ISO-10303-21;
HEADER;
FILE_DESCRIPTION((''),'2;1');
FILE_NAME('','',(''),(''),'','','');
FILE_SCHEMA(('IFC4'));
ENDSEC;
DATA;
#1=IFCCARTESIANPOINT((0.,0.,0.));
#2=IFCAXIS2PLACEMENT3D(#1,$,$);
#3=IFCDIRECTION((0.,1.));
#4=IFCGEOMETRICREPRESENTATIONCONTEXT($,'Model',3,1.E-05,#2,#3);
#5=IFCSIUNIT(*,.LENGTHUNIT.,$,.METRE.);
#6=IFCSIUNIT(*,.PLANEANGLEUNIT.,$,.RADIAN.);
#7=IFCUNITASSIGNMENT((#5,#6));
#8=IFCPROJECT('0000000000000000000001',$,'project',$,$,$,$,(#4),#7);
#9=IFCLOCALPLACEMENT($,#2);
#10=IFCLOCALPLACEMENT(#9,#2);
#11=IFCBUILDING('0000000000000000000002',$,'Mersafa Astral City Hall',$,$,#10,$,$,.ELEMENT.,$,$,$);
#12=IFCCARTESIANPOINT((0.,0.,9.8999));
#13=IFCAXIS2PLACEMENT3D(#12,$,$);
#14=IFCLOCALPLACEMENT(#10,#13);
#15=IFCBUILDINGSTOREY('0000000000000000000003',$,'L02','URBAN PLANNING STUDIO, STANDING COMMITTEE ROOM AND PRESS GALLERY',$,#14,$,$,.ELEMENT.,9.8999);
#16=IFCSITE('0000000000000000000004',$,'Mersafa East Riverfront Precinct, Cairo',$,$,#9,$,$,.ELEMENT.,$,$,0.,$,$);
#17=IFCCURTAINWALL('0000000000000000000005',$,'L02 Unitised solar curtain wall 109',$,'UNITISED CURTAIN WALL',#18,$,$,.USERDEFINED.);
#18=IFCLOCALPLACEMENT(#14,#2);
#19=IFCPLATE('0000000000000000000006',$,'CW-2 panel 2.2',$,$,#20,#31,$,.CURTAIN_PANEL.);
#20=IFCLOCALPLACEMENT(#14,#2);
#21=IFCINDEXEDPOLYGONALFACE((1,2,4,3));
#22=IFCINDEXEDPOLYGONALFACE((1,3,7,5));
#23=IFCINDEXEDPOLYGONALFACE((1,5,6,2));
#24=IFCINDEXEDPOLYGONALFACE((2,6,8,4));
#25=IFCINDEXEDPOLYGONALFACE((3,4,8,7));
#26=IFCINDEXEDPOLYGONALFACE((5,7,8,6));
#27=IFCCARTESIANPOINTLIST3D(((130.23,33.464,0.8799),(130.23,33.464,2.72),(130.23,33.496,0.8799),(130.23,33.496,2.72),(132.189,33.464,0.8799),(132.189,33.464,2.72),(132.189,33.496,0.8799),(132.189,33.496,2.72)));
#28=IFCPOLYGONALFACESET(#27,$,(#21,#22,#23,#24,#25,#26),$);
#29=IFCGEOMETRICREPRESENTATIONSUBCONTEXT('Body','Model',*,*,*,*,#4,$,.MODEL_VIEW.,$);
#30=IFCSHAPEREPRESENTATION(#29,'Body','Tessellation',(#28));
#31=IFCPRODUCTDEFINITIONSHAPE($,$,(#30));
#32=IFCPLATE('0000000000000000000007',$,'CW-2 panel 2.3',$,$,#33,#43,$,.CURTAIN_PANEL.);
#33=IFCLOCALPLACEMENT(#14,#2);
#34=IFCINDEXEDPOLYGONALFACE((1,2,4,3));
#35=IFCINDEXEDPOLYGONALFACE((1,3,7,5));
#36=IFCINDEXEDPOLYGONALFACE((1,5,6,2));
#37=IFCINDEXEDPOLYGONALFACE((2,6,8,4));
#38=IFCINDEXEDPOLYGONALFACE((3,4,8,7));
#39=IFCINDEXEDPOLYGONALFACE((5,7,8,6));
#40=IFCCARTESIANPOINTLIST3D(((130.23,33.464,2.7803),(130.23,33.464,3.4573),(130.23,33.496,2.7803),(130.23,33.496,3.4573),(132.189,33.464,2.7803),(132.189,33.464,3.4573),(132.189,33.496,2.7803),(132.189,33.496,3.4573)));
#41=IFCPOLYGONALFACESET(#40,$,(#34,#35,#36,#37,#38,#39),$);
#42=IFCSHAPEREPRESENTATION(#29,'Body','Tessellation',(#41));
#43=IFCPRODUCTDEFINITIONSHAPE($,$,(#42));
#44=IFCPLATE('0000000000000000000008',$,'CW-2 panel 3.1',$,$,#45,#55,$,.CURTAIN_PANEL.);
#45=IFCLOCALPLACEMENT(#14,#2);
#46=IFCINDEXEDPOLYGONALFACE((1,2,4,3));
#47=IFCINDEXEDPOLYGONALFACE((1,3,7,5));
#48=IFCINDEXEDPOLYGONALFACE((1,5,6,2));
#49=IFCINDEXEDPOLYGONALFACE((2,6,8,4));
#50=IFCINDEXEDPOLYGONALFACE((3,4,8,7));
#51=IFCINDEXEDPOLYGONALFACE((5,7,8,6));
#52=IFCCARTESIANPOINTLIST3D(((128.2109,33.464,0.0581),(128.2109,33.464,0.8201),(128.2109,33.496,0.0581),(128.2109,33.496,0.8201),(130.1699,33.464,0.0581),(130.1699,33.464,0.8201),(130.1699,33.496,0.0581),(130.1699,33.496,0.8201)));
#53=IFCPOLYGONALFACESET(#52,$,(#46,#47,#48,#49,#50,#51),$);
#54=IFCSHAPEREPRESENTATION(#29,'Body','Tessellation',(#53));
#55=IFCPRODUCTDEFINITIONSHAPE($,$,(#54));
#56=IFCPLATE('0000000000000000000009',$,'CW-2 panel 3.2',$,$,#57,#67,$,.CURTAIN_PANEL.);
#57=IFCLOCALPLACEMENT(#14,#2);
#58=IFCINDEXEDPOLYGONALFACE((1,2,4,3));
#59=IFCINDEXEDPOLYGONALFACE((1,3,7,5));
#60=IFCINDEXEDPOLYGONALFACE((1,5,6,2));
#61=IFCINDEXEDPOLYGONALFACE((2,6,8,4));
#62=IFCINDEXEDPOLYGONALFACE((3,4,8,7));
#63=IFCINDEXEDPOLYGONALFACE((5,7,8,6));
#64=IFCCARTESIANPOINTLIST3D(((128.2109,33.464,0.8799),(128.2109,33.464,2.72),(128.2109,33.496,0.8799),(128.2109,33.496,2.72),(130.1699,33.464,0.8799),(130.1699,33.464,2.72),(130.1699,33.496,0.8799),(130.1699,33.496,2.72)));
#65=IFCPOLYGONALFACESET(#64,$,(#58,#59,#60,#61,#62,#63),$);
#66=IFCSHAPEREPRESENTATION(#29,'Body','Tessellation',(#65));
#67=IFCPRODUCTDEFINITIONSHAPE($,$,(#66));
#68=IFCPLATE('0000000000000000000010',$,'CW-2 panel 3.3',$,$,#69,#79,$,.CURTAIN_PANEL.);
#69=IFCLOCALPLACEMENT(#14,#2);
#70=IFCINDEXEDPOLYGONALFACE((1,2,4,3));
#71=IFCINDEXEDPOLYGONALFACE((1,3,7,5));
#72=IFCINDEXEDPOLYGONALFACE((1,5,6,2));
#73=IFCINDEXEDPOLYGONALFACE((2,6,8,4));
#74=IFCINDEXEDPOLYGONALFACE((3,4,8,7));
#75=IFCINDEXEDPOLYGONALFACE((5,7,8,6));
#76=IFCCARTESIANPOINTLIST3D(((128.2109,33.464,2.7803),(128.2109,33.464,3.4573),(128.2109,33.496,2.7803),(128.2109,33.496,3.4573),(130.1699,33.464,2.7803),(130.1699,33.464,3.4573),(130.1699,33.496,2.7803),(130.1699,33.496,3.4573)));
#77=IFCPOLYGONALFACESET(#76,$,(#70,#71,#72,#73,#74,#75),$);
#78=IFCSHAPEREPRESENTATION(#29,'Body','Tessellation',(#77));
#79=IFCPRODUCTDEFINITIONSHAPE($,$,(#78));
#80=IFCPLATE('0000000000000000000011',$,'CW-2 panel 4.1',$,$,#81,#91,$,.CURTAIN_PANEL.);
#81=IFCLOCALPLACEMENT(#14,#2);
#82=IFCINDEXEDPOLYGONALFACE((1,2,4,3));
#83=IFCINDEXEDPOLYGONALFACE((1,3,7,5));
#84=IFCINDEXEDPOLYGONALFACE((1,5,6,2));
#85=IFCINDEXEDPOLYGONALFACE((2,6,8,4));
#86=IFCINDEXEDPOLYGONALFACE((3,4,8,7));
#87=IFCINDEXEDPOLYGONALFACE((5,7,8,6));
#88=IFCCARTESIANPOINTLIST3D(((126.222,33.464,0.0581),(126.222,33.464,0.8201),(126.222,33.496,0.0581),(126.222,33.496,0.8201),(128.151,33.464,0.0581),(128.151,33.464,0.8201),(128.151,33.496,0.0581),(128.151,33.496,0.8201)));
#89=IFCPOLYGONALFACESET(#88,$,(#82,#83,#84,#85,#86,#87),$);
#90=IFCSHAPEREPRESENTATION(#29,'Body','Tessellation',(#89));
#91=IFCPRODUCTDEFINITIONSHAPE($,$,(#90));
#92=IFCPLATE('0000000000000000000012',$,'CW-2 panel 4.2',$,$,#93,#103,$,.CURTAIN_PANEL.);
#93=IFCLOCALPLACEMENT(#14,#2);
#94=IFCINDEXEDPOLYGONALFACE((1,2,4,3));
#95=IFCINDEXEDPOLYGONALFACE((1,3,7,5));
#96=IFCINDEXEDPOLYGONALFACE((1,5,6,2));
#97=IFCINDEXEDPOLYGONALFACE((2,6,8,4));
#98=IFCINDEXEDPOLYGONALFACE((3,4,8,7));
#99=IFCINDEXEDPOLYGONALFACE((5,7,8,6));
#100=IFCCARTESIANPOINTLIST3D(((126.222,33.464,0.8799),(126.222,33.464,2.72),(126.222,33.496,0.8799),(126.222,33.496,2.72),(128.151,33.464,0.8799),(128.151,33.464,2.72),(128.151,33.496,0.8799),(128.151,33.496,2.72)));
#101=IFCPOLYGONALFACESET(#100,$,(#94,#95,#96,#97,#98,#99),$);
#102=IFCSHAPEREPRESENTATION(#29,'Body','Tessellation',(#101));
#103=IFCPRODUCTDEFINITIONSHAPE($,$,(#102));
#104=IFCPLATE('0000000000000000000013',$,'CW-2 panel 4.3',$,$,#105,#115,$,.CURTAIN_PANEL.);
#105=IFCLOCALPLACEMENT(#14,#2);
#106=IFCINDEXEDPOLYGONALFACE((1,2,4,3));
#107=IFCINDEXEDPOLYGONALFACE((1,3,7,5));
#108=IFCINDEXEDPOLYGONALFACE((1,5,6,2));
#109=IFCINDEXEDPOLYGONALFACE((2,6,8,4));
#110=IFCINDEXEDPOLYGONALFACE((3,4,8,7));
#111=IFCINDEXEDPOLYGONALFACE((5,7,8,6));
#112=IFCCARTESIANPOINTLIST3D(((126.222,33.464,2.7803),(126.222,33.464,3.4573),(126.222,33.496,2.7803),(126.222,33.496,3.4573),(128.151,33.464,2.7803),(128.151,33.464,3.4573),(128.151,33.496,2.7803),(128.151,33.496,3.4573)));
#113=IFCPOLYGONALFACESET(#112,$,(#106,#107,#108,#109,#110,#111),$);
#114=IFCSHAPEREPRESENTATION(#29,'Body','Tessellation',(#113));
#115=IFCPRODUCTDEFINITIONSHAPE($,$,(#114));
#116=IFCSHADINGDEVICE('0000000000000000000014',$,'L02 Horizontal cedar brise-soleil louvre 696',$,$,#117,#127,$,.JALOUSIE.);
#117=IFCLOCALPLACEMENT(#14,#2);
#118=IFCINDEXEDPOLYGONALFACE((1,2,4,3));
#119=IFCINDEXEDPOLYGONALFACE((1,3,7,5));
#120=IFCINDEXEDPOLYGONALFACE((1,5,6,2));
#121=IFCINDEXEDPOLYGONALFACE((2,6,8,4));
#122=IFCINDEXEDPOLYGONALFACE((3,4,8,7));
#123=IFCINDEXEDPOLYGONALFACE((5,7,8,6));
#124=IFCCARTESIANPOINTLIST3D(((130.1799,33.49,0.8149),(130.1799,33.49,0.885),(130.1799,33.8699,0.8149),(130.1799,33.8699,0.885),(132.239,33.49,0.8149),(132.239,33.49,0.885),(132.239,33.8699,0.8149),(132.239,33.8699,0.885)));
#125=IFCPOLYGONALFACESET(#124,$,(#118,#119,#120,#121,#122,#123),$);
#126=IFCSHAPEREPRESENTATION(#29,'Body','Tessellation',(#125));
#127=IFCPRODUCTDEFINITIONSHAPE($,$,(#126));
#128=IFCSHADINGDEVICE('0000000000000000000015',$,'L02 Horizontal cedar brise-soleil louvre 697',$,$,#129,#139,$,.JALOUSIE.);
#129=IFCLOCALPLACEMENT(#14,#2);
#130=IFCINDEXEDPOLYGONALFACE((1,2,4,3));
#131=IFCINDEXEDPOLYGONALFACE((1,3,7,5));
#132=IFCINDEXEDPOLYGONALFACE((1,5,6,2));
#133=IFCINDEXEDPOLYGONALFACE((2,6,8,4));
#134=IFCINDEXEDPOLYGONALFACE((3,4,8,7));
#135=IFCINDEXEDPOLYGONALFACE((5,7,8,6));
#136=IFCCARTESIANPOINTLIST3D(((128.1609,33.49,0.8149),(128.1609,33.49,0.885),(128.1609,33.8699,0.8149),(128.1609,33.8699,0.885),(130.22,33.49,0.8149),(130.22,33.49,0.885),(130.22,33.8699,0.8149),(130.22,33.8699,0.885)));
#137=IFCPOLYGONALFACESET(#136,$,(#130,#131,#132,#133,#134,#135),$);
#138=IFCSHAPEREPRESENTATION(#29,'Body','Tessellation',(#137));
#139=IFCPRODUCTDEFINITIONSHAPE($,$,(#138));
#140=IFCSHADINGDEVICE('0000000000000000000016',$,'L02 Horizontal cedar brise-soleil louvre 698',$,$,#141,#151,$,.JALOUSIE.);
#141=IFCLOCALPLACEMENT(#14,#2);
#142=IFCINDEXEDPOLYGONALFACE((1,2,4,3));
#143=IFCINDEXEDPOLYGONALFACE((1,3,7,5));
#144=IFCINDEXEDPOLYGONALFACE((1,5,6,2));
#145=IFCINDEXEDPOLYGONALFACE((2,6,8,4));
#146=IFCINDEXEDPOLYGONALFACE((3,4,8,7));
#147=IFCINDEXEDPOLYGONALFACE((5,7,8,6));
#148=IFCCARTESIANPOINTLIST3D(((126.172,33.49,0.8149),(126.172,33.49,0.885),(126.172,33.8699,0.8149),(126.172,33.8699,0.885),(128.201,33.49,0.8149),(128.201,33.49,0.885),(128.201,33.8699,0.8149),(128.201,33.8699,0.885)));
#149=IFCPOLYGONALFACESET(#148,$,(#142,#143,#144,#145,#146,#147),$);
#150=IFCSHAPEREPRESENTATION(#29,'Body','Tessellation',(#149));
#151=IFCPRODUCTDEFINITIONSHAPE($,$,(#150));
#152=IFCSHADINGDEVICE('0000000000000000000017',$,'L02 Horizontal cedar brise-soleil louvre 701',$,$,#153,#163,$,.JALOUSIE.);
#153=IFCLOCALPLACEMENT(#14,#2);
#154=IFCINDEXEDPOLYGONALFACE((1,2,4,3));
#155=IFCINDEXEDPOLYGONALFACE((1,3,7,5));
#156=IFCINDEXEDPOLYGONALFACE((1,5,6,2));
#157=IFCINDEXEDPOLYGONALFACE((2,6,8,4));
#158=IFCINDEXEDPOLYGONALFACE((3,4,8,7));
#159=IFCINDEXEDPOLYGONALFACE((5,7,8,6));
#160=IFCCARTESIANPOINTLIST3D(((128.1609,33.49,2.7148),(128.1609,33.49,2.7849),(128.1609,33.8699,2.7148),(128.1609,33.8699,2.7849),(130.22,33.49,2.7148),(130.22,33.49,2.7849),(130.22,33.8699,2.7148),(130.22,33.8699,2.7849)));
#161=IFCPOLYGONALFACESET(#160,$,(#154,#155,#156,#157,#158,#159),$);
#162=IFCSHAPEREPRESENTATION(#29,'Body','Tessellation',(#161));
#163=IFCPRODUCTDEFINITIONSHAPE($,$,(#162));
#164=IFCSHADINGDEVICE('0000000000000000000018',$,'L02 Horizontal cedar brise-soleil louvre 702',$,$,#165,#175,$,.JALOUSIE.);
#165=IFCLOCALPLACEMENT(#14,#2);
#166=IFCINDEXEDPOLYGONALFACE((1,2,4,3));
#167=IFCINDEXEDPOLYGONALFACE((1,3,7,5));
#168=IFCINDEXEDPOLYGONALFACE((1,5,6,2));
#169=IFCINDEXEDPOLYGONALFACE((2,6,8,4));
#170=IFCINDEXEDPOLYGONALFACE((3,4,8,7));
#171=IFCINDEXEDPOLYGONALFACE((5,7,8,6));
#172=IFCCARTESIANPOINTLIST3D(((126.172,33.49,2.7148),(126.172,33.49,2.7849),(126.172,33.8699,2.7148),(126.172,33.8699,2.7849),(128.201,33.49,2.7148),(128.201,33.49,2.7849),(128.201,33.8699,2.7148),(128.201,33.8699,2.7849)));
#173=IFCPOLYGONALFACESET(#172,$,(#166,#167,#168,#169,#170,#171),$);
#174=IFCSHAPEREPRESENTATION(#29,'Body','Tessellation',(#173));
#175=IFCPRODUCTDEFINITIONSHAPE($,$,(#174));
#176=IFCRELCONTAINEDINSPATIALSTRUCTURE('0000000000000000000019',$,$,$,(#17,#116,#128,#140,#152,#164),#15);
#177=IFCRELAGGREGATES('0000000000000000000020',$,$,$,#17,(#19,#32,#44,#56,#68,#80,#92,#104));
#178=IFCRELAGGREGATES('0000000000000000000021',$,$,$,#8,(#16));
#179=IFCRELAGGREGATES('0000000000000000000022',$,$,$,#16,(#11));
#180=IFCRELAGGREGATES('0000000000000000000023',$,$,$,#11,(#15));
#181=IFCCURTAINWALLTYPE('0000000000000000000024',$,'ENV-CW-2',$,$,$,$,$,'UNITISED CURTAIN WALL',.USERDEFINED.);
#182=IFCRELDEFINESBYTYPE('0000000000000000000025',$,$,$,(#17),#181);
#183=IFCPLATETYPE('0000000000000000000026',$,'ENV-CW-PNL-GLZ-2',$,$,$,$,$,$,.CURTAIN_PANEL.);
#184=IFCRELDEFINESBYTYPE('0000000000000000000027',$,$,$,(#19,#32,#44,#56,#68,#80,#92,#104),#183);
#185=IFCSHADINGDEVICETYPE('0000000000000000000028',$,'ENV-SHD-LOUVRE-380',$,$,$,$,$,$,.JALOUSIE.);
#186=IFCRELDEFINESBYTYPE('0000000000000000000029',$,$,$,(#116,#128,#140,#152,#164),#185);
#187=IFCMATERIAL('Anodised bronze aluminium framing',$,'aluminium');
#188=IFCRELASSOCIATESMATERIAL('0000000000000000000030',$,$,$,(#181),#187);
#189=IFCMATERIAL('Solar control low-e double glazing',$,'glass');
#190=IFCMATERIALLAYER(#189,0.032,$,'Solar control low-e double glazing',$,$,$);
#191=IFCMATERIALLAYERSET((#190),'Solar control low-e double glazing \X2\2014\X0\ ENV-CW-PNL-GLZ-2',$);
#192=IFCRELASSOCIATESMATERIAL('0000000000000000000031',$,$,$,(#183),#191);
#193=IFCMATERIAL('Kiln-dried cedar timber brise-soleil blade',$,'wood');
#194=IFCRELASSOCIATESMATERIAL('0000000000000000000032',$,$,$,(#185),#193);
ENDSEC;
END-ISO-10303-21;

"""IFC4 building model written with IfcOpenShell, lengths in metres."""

from ifc_helpers import new_model, si_unit, direction, frame, origin, origin_2d, place, context, subcontext, project, spatial, rectangle, extrude, material, layer, layer_set, type_object, element, aggregate, save


model = new_model("IFC4")

# Units and contexts
model_context = context("Model", 3, precision=1e-05, world=origin(), true_north=direction((0.0, 1.0)))
body_context = subcontext(model_context, "Body", "Model", "MODEL_VIEW")
ifc_project = project(units=[si_unit("LENGTHUNIT", "METRE"), si_unit("PLANEANGLEUNIT", "RADIAN")], contexts=[model_context])

# Site, building, storey
site_placement = place(None, origin())
site = spatial("IfcSite", under=ifc_project, at=site_placement, Name="Mersafa East Riverfront Precinct, Cairo", CompositionType="ELEMENT", RefElevation=0.0)
building_placement = place(site_placement, origin())
building = spatial("IfcBuilding", under=site, at=building_placement, Name="Mersafa Astral City Hall", CompositionType="ELEMENT")
storey_placement = place(building_placement, frame((0.0, 0.0, 9.8999)))
storey = spatial("IfcBuildingStorey", under=building, at=storey_placement, Name="L02", Description="URBAN PLANNING STUDIO, STANDING COMMITTEE ROOM AND PRESS GALLERY", CompositionType="ELEMENT", Elevation=9.8999)

# Curtain wall, plates
ifc_material_1 = material(Name="Anodised bronze aluminium framing", Category="aluminium")
curtain_wall_type = type_object("IfcCurtainWallType", Name="ENV-CW-2", ElementType="UNITISED CURTAIN WALL", PredefinedType="USERDEFINED", material=ifc_material_1)
curtain_wall_placement = place(storey_placement, origin())
curtain_wall = element("IfcCurtainWall", 1, at=curtain_wall_placement, inside=storey, type_object=curtain_wall_type, Name="L02 Unitised solar curtain wall 109", ObjectType="UNITISED CURTAIN WALL", PredefinedType="USERDEFINED")
ifc_material_2 = material(Name="Solar control low-e double glazing", Category="glass")
ifc_layer = layer(ifc_material_2, 0.032, Name="Solar control low-e double glazing")
ifc_layer_set = layer_set([ifc_layer], Name="Solar control low-e double glazing — ENV-CW-PNL-GLZ-2")
plate_type = type_object("IfcPlateType", Name="ENV-CW-PNL-GLZ-2", PredefinedType="CURTAIN_PANEL", material=ifc_layer_set)
plate_1_placement = place(storey_placement, frame((131.2095, 33.48, 0.8799), z_axis=(0.0, 0.0, 1.0), x_axis=(-1.0, 0.0, 0.0)))
plate_1 = element("IfcPlate", 2, at=plate_1_placement, type_object=plate_type, Name="CW-2 panel 2.2", PredefinedType="CURTAIN_PANEL", context=body_context, shape_type="SweptSolid", body=[
    extrude(rectangle(XDim=1.959, YDim=0.032, at=origin_2d()), origin(), (0.0, 0.0, 1.0), 1.8401),
])
plate_2_placement = place(storey_placement, frame((131.2095, 33.48, 2.7803), z_axis=(0.0, 0.0, 1.0), x_axis=(-1.0, 0.0, 0.0)))
plate_2 = element("IfcPlate", 3, at=plate_2_placement, type_object=plate_type, Name="CW-2 panel 2.3", PredefinedType="CURTAIN_PANEL", context=body_context, shape_type="SweptSolid", body=[
    extrude(rectangle(XDim=1.959, YDim=0.032, at=origin_2d()), origin(), (0.0, 0.0, 1.0), 0.677),
])
plate_3_placement = place(storey_placement, frame((129.1904, 33.48, 0.0581), z_axis=(0.0, 0.0, 1.0), x_axis=(-1.0, 0.0, 0.0)))
plate_3 = element("IfcPlate", 4, at=plate_3_placement, type_object=plate_type, Name="CW-2 panel 3.1", PredefinedType="CURTAIN_PANEL", context=body_context, shape_type="SweptSolid", body=[
    extrude(rectangle(XDim=1.959, YDim=0.032, at=origin_2d()), origin(), (0.0, 0.0, 1.0), 0.762),
])
plate_4_placement = place(storey_placement, frame((129.1904, 33.48, 0.8799), z_axis=(0.0, 0.0, 1.0), x_axis=(-1.0, 0.0, 0.0)))
plate_4 = element("IfcPlate", 5, at=plate_4_placement, type_object=plate_type, Name="CW-2 panel 3.2", PredefinedType="CURTAIN_PANEL", context=body_context, shape_type="SweptSolid", body=[
    extrude(rectangle(XDim=1.959, YDim=0.032, at=origin_2d()), origin(), (0.0, 0.0, 1.0), 1.8401),
])
plate_5_placement = place(storey_placement, frame((129.1904, 33.48, 2.7803), z_axis=(0.0, 0.0, 1.0), x_axis=(-1.0, 0.0, 0.0)))
plate_5 = element("IfcPlate", 6, at=plate_5_placement, type_object=plate_type, Name="CW-2 panel 3.3", PredefinedType="CURTAIN_PANEL", context=body_context, shape_type="SweptSolid", body=[
    extrude(rectangle(XDim=1.959, YDim=0.032, at=origin_2d()), origin(), (0.0, 0.0, 1.0), 0.677),
])
plate_6_placement = place(storey_placement, frame((127.1865, 33.48, 0.0581), z_axis=(0.0, 0.0, 1.0), x_axis=(-1.0, 0.0, 0.0)))
plate_6 = element("IfcPlate", 7, at=plate_6_placement, type_object=plate_type, Name="CW-2 panel 4.1", PredefinedType="CURTAIN_PANEL", context=body_context, shape_type="SweptSolid", body=[
    extrude(rectangle(XDim=1.929, YDim=0.032, at=origin_2d()), origin(), (0.0, 0.0, 1.0), 0.762),
])
plate_7_placement = place(storey_placement, frame((127.1865, 33.48, 0.8799), z_axis=(0.0, 0.0, 1.0), x_axis=(-1.0, 0.0, 0.0)))
plate_7 = element("IfcPlate", 8, at=plate_7_placement, type_object=plate_type, Name="CW-2 panel 4.2", PredefinedType="CURTAIN_PANEL", context=body_context, shape_type="SweptSolid", body=[
    extrude(rectangle(XDim=1.929, YDim=0.032, at=origin_2d()), origin(), (0.0, 0.0, 1.0), 1.8401),
])
plate_8_placement = place(storey_placement, frame((127.1865, 33.48, 2.7803), z_axis=(0.0, 0.0, 1.0), x_axis=(-1.0, 0.0, 0.0)))
plate_8 = element("IfcPlate", 9, at=plate_8_placement, type_object=plate_type, Name="CW-2 panel 4.3", PredefinedType="CURTAIN_PANEL", context=body_context, shape_type="SweptSolid", body=[
    extrude(rectangle(XDim=1.929, YDim=0.032, at=origin_2d()), origin(), (0.0, 0.0, 1.0), 0.677),
])
aggregate(curtain_wall, [plate_1, plate_2, plate_3, plate_4, plate_5, plate_6, plate_7, plate_8])

# Shading devices
ifc_material_3 = material(Name="Kiln-dried cedar timber brise-soleil blade", Category="wood")
shading_device_type = type_object("IfcShadingDeviceType", Name="ENV-SHD-LOUVRE-380", PredefinedType="JALOUSIE", material=ifc_material_3)
for number, where, z_axis, x_axis, name in (
    (10, (131.2095, 33.6799, 0.8149), (0.0, 0.0, 1.0), (-1.0, 0.0, 0.0), "L02 Horizontal cedar brise-soleil louvre 696"),
    (11, (129.1904, 33.6799, 0.8149), (0.0, 0.0, 1.0), (-1.0, 0.0, 0.0), "L02 Horizontal cedar brise-soleil louvre 697"),
):
    element("IfcShadingDevice", number, at=place(storey_placement, frame(where, z_axis=z_axis, x_axis=x_axis)), inside=storey, type_object=shading_device_type, Name=name, PredefinedType="JALOUSIE", context=body_context, shape_type="SweptSolid", body=[
        extrude(rectangle(XDim=2.0591, YDim=0.3799, at=origin_2d()), origin(), (0.0, 0.0, 1.0), 0.0701),
    ])
shading_device_1_placement = place(storey_placement, frame((127.1865, 33.6799, 0.8149), z_axis=(0.0, 0.0, 1.0), x_axis=(-1.0, 0.0, 0.0)))
element("IfcShadingDevice", 12, at=shading_device_1_placement, inside=storey, type_object=shading_device_type, Name="L02 Horizontal cedar brise-soleil louvre 698", PredefinedType="JALOUSIE", context=body_context, shape_type="SweptSolid", body=[
    extrude(rectangle(XDim=2.0291, YDim=0.3799, at=origin_2d()), origin(), (0.0, 0.0, 1.0), 0.0701),
])
shading_device_2_placement = place(storey_placement, frame((129.1904, 33.6799, 2.7148), z_axis=(0.0, 0.0, 1.0), x_axis=(-1.0, 0.0, 0.0)))
element("IfcShadingDevice", 13, at=shading_device_2_placement, inside=storey, type_object=shading_device_type, Name="L02 Horizontal cedar brise-soleil louvre 701", PredefinedType="JALOUSIE", context=body_context, shape_type="SweptSolid", body=[
    extrude(rectangle(XDim=2.0591, YDim=0.3799, at=origin_2d()), origin(), (0.0, 0.0, 1.0), 0.0701),
])
shading_device_3_placement = place(storey_placement, frame((127.1865, 33.6799, 2.7148), z_axis=(0.0, 0.0, 1.0), x_axis=(-1.0, 0.0, 0.0)))
element("IfcShadingDevice", 14, at=shading_device_3_placement, inside=storey, type_object=shading_device_type, Name="L02 Horizontal cedar brise-soleil louvre 702", PredefinedType="JALOUSIE", context=body_context, shape_type="SweptSolid", body=[
    extrude(rectangle(XDim=2.0291, YDim=0.3799, at=origin_2d()), origin(), (0.0, 0.0, 1.0), 0.0701),
])

save(model, "model.ifc")
